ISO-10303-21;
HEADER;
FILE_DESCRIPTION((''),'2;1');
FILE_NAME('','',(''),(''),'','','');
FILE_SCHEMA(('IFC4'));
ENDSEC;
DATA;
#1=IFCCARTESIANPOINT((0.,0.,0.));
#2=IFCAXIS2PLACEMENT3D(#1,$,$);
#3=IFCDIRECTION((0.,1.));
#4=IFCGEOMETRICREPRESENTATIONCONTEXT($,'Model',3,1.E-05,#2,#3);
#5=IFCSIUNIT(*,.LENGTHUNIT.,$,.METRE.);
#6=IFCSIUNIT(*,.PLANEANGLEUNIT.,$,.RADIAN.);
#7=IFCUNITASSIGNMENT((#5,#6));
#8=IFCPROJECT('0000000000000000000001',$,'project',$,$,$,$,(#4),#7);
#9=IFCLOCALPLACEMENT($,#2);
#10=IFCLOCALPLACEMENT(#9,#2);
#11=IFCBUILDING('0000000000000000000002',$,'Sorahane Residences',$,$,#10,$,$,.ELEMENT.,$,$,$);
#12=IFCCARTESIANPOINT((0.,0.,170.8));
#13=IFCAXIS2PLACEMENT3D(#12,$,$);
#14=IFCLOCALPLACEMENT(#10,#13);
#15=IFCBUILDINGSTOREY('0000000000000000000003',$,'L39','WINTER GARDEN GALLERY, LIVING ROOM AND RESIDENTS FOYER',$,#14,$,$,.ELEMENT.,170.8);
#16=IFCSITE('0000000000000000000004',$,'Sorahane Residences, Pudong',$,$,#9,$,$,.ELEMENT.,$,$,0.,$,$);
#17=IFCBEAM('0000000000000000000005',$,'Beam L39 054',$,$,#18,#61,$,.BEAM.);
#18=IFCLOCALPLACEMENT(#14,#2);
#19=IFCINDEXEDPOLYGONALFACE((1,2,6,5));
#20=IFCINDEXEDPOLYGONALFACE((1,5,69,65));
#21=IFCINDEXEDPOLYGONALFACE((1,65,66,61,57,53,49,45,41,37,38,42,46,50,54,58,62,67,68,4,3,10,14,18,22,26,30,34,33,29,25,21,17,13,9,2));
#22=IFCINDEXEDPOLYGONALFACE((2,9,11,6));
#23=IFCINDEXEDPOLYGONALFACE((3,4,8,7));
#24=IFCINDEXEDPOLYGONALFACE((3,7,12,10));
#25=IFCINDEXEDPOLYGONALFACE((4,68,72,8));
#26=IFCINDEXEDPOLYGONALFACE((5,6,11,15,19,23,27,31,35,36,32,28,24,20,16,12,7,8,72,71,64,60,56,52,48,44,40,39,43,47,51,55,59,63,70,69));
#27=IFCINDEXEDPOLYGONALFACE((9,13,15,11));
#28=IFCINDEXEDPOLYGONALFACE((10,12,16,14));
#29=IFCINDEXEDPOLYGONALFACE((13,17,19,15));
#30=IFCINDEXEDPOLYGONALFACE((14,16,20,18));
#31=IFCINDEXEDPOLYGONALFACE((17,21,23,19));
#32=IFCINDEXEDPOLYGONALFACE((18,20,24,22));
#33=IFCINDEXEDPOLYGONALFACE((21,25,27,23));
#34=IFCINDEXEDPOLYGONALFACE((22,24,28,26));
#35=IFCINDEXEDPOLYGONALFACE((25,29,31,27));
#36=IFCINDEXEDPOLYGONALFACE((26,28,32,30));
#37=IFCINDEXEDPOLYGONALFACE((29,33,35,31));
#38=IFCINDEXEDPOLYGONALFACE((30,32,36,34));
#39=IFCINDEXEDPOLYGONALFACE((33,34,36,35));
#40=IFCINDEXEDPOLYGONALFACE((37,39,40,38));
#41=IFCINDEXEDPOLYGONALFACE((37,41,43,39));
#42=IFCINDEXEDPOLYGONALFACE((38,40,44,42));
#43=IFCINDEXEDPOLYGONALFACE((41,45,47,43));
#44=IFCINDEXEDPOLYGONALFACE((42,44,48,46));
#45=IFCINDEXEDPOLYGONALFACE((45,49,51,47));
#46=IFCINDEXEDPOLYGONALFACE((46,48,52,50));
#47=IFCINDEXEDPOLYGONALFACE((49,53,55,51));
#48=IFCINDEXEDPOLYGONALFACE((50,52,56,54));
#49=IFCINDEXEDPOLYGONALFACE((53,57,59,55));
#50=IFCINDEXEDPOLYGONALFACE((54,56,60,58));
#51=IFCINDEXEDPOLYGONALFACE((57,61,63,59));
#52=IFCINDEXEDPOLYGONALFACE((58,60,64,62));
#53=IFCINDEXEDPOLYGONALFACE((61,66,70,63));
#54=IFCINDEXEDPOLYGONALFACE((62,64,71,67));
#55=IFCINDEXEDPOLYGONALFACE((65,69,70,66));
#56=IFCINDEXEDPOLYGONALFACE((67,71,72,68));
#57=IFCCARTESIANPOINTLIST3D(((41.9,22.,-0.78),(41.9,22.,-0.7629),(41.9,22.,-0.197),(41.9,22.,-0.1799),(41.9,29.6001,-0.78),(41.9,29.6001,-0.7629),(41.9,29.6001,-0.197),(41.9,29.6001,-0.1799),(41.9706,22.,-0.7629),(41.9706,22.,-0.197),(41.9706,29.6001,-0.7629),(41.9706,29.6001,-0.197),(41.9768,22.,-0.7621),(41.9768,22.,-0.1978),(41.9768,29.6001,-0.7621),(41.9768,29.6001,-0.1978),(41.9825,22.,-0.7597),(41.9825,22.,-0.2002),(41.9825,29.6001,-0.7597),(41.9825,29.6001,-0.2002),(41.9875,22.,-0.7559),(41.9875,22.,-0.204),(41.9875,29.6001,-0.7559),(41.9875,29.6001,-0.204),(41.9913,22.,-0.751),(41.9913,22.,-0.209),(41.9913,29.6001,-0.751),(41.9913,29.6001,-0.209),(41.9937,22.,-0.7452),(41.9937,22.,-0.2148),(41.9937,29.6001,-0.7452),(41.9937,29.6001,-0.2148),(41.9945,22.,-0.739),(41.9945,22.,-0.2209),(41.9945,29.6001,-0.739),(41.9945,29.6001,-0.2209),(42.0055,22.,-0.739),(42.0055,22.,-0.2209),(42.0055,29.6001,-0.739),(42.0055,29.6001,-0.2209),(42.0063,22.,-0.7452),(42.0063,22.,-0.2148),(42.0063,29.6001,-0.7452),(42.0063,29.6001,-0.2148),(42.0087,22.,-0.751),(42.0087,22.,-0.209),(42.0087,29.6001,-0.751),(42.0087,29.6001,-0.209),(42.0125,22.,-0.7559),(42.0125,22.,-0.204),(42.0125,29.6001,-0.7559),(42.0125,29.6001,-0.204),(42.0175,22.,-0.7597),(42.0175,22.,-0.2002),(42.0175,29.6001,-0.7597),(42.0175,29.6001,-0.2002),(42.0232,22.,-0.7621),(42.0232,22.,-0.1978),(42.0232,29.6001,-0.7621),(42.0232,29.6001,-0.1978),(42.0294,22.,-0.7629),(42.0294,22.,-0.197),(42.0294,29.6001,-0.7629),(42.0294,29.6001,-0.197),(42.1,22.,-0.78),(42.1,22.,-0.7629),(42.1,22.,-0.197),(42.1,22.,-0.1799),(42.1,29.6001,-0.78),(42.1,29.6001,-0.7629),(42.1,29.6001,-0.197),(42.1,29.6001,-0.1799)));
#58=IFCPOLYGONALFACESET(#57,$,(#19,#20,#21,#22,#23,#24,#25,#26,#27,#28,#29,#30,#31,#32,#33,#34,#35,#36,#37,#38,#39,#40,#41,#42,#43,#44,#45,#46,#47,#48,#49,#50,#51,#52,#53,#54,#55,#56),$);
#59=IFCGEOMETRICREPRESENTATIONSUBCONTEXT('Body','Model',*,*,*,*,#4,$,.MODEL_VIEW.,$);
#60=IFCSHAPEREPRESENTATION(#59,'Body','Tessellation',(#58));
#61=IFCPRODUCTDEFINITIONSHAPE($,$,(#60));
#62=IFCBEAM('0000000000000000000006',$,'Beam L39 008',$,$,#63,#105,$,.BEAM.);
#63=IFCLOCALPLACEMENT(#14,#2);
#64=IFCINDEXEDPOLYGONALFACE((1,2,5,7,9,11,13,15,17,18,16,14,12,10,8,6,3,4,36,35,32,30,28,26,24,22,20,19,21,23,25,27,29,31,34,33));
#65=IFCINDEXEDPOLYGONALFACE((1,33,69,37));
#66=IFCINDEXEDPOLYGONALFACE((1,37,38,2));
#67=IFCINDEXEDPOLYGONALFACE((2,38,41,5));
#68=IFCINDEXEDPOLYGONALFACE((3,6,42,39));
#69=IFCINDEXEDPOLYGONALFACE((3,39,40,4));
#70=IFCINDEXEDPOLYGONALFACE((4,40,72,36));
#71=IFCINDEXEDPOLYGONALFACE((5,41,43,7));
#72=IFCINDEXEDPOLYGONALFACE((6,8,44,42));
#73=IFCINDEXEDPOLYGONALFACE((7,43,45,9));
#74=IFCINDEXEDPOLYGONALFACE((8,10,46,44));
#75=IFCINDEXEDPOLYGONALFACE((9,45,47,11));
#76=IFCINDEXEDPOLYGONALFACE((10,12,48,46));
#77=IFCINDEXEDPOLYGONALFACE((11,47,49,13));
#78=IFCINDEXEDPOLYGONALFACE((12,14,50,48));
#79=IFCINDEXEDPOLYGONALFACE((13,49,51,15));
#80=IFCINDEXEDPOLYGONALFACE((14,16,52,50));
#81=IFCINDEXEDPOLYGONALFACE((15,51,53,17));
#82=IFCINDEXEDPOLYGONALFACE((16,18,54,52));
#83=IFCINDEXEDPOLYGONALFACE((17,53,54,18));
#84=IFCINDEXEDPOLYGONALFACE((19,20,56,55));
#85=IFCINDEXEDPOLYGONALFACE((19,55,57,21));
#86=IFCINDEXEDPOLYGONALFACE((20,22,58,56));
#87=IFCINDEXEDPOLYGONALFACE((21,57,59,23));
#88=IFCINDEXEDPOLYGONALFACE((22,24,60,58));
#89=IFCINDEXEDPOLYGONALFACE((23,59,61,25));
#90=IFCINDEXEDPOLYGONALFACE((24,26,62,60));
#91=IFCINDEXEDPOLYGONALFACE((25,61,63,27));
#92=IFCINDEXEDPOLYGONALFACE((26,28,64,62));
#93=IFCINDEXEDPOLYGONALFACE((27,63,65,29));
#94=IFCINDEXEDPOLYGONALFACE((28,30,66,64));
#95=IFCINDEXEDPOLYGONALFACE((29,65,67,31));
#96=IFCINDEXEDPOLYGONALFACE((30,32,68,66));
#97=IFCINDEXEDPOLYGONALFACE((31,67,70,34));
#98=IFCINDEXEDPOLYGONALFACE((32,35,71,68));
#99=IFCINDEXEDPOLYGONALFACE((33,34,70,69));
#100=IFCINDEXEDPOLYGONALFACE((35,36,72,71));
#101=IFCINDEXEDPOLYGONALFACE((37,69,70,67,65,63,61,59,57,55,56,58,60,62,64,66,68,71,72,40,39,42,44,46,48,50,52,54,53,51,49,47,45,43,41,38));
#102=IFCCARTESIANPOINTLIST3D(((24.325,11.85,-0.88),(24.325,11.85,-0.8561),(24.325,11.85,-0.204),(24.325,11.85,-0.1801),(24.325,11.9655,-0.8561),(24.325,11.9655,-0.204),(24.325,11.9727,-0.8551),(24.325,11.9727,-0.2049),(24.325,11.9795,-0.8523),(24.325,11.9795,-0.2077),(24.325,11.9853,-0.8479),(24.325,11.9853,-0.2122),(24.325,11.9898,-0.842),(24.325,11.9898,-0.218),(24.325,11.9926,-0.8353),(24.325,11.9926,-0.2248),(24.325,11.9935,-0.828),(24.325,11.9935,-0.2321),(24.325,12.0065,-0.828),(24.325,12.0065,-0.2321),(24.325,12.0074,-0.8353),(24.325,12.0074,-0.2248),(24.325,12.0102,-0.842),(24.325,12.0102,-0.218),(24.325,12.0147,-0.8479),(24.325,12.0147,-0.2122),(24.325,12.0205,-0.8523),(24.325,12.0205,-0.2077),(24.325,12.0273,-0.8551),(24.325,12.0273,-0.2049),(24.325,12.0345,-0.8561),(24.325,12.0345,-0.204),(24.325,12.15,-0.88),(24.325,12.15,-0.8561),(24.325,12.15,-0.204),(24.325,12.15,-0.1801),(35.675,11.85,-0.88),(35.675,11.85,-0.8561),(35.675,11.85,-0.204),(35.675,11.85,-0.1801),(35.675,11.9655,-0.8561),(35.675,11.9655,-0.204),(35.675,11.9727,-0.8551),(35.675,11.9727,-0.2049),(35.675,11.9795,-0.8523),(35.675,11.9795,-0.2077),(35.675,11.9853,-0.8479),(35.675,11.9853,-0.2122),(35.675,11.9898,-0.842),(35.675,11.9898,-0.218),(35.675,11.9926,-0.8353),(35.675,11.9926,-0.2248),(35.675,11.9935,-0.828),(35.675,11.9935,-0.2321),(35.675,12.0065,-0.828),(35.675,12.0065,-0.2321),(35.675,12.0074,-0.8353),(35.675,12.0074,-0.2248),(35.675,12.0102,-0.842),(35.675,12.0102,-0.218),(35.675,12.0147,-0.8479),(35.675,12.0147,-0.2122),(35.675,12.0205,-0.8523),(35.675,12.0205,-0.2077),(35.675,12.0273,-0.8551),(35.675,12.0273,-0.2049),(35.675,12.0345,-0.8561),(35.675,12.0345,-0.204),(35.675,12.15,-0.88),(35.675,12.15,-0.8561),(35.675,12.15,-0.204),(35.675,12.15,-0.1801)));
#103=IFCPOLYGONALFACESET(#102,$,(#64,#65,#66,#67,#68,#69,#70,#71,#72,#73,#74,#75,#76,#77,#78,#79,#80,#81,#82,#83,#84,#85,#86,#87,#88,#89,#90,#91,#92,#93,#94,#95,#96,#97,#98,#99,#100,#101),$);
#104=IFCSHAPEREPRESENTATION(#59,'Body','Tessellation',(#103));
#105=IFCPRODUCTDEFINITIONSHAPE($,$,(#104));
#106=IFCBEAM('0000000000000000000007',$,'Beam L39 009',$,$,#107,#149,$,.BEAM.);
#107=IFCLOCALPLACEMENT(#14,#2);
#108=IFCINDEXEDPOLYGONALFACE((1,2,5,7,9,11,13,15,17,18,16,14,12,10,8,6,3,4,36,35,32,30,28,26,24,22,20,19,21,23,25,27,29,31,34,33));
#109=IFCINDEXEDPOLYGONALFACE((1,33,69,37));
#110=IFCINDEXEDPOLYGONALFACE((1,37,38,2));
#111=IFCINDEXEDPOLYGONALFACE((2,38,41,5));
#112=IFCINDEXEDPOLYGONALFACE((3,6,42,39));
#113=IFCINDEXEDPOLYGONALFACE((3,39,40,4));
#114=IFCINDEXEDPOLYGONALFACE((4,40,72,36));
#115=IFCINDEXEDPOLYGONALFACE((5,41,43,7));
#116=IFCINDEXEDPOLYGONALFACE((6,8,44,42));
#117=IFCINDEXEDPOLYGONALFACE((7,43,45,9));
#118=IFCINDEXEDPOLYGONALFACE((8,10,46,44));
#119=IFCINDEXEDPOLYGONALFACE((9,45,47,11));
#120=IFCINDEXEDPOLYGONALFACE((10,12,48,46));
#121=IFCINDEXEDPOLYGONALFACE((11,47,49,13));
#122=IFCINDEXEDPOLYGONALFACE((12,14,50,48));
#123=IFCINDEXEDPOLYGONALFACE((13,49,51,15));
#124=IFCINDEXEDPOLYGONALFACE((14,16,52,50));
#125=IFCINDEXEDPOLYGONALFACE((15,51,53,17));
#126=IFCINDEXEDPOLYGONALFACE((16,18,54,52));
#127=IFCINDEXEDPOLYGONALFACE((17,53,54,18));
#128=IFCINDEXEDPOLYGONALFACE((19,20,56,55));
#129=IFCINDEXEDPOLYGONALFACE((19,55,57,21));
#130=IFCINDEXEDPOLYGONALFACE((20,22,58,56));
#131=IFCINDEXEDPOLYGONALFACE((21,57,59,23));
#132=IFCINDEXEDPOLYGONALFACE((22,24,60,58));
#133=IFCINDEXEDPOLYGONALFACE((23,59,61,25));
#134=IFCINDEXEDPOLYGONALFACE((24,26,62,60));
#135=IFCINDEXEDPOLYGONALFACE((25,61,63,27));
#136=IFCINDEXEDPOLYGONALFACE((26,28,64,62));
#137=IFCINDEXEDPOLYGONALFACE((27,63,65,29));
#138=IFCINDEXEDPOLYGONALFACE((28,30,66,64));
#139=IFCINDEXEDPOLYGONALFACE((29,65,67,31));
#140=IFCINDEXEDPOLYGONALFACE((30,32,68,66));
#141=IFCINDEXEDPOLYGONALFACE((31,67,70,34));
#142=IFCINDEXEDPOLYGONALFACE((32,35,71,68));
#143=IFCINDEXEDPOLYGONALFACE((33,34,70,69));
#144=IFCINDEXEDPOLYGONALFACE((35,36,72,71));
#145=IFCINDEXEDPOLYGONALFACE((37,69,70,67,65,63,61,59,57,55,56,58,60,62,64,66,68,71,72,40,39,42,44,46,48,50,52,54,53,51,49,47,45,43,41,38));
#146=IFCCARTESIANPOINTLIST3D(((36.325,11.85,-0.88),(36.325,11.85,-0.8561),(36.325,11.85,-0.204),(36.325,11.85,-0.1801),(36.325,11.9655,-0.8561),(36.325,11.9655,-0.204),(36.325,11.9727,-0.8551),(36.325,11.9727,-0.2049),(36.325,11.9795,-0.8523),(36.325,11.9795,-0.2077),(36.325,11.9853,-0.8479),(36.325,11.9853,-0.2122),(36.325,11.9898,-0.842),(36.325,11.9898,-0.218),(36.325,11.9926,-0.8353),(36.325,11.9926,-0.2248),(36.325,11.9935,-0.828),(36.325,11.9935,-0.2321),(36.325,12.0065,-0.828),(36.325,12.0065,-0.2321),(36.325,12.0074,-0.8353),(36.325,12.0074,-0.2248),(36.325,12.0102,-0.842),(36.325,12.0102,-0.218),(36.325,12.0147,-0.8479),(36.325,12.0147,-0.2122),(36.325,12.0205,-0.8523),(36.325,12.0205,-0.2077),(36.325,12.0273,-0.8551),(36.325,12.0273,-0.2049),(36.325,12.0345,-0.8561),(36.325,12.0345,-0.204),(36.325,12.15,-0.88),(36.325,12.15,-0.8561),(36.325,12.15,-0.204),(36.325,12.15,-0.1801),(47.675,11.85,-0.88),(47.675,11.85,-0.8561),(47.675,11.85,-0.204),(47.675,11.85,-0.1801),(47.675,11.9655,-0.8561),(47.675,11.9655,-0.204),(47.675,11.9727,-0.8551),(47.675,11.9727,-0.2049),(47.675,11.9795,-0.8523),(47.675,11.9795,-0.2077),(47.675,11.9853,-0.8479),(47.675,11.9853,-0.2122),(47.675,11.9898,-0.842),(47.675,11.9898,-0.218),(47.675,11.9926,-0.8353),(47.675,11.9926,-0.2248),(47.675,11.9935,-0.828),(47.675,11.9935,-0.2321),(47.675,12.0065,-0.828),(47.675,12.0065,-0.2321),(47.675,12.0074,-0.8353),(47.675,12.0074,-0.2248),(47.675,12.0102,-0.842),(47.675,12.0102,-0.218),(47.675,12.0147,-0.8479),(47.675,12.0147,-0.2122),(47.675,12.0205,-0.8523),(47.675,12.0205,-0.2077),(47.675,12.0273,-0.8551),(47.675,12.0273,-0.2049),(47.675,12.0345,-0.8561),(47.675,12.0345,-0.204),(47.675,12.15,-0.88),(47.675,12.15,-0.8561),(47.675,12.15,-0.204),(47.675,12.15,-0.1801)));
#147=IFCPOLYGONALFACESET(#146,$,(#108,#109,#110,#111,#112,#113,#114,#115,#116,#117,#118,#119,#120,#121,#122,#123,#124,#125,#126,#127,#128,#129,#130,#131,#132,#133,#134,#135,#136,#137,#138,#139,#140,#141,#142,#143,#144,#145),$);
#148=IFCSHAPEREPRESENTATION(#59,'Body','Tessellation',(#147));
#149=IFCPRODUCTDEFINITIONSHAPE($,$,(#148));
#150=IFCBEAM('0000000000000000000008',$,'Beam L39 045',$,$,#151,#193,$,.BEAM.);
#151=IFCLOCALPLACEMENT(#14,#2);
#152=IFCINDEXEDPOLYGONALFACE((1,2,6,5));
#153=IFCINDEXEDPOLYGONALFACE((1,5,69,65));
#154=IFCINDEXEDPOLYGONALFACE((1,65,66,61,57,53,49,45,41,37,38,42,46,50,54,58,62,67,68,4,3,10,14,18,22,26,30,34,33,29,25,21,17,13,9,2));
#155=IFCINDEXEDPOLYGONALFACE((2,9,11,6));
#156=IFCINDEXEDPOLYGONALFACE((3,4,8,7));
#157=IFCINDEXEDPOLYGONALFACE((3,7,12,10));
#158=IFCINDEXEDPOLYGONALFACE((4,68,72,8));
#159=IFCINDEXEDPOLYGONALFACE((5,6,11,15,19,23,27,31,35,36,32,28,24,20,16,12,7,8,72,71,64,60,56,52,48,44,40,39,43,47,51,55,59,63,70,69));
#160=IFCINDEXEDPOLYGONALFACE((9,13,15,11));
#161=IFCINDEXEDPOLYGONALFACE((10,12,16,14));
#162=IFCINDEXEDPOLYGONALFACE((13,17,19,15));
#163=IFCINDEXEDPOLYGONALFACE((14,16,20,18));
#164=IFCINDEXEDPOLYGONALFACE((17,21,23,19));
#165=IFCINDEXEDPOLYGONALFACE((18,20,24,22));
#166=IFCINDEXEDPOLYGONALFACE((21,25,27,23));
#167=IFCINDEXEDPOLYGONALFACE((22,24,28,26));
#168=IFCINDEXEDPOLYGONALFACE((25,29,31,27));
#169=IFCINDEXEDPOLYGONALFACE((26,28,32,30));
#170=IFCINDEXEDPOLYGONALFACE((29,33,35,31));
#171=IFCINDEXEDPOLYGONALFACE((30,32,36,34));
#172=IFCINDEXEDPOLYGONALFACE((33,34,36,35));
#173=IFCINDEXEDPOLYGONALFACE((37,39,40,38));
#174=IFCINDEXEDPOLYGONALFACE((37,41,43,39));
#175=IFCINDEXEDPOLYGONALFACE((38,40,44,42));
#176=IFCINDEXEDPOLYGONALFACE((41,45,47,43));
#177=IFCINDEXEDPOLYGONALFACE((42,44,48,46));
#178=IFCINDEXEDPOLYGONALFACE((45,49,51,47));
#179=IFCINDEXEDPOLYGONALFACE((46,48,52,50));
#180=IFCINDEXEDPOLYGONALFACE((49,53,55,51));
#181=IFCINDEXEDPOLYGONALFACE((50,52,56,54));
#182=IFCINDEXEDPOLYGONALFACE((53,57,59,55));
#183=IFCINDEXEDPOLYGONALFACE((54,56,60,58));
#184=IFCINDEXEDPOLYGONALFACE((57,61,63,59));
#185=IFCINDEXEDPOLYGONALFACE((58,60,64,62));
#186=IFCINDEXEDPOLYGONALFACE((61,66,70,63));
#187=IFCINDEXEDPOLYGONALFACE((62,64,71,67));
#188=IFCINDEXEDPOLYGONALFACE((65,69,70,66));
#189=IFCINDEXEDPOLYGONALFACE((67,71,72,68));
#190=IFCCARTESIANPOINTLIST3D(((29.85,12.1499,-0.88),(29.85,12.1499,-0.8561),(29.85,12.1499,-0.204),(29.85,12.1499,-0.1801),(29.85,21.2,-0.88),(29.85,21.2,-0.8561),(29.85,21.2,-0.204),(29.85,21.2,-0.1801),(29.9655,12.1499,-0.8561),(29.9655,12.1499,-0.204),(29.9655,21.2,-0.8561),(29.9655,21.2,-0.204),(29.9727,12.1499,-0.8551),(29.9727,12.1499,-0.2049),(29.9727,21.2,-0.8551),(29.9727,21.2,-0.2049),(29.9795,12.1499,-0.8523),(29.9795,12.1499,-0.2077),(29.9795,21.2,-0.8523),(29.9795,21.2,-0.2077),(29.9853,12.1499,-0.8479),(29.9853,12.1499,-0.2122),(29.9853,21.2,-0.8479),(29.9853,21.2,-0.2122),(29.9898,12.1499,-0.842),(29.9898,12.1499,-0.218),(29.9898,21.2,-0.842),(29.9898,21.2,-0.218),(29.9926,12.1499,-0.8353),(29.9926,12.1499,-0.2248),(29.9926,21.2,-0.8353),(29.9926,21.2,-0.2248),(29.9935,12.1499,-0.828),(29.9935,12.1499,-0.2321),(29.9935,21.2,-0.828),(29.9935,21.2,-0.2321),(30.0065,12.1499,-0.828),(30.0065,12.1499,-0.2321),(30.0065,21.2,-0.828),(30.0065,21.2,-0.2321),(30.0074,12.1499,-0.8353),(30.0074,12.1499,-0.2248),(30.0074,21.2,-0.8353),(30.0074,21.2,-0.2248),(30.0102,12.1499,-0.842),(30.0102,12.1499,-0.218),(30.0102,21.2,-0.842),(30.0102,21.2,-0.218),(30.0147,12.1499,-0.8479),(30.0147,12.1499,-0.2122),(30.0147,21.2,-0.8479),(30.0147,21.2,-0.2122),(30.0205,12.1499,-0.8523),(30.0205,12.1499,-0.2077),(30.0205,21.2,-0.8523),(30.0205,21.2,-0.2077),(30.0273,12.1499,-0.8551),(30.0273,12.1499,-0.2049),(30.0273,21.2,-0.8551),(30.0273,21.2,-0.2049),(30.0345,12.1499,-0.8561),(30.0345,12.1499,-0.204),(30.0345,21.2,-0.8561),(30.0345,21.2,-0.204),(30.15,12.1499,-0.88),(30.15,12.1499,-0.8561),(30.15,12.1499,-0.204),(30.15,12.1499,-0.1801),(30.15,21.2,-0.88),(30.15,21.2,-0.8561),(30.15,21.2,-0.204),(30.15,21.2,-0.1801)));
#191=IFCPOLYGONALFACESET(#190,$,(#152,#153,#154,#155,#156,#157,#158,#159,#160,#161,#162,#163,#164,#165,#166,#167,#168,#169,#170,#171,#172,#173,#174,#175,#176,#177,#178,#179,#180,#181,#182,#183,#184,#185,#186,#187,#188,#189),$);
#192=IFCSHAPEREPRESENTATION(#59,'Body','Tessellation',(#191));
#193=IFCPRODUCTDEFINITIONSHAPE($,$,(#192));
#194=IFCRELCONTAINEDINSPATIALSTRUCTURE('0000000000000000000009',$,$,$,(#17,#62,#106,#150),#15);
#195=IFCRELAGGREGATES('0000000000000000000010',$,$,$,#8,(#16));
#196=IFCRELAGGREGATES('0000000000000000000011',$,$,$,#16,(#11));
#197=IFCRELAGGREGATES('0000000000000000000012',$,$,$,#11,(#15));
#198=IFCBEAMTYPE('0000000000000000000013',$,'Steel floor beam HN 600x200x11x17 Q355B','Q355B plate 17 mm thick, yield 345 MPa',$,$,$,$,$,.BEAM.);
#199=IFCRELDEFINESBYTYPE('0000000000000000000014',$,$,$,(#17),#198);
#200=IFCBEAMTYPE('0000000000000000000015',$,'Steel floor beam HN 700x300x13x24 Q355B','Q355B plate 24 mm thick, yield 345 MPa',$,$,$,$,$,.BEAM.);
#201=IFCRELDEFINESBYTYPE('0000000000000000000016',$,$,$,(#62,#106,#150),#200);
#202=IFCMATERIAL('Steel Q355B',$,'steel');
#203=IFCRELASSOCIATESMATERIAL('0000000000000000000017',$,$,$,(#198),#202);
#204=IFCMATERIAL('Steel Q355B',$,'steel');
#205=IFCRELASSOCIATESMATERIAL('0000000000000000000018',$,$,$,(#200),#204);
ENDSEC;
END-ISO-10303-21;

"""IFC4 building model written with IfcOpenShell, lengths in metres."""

from ifc_helpers import new_model, si_unit, direction, frame, origin, origin_2d, place, context, subcontext, project, spatial, i_section, extrude, material, material_profile, profile_set, type_object, element, save


model = new_model("IFC4")

# Units and contexts
model_context = context("Model", 3, precision=1e-05, world=origin(), true_north=direction((0.0, 1.0)))
body_context = subcontext(model_context, "Body", "Model", "MODEL_VIEW")
ifc_project = project(units=[si_unit("LENGTHUNIT", "METRE"), si_unit("PLANEANGLEUNIT", "RADIAN")], contexts=[model_context])

# Site, building, storey
site_placement = place(None, origin())
site = spatial("IfcSite", under=ifc_project, at=site_placement, Name="Sorahane Residences, Pudong", CompositionType="ELEMENT", RefElevation=0.0)
building_placement = place(site_placement, origin())
building = spatial("IfcBuilding", under=site, at=building_placement, Name="Sorahane Residences", CompositionType="ELEMENT")
storey_placement = place(building_placement, frame((0.0, 0.0, 170.8)))
storey = spatial("IfcBuildingStorey", under=building, at=storey_placement, Name="L39", Description="WINTER GARDEN GALLERY, LIVING ROOM AND RESIDENTS FOYER", CompositionType="ELEMENT", Elevation=170.8)

# Beams
ifc_material_1 = material(Name="Steel Q355B", Category="steel")
ifc_material_profile_1 = material_profile(ifc_material_1, i_section(OverallWidth=0.2, OverallDepth=0.6001, WebThickness=0.011, FlangeThickness=0.0171, FilletRadius=0.0239, at=origin_2d()), Name="HN 600x200x11x17")
ifc_profile_set_1 = profile_set([ifc_material_profile_1], Name="Steel Q355B")
beam_type_1 = type_object("IfcBeamType", Name="Steel floor beam HN 600x200x11x17 Q355B", Description="Q355B plate 17 mm thick, yield 345 MPa", PredefinedType="BEAM", material=ifc_profile_set_1)
for number, where, z_axis, x_axis, name in (
    (1, (42.0, 22.0, -0.48), (0.0, 1.0, 0.0), (-1.0, 0.0, 0.0), "Beam L39 054"),
):
    element("IfcBeam", number, at=place(storey_placement, frame(where, z_axis=z_axis, x_axis=x_axis)), inside=storey, type_object=beam_type_1, Name=name, PredefinedType="BEAM", context=body_context, shape_type="SweptSolid", body=[
        extrude(i_section(OverallWidth=0.2, OverallDepth=0.6001, WebThickness=0.011, FlangeThickness=0.0171, FilletRadius=0.0239, at=origin_2d()), origin(), (0.0, 0.0, 1.0), 7.6001),
    ])
ifc_material_2 = material(Name="Steel Q355B", Category="steel")
ifc_material_profile_2 = material_profile(ifc_material_2, i_section(OverallWidth=0.3, OverallDepth=0.7, WebThickness=0.0129, FlangeThickness=0.0239, FilletRadius=0.0281, at=origin_2d()), Name="HN 700x300x13x24")
ifc_profile_set_2 = profile_set([ifc_material_profile_2], Name="Steel Q355B")
beam_type_2 = type_object("IfcBeamType", Name="Steel floor beam HN 700x300x13x24 Q355B", Description="Q355B plate 24 mm thick, yield 345 MPa", PredefinedType="BEAM", material=ifc_profile_set_2)
for number, where, z_axis, x_axis, name in (
    (2, (24.325, 12.0, -0.53), (1.0, 0.0, 0.0), (0.0, 1.0, 0.0), "Beam L39 008"),
    (3, (36.325, 12.0, -0.53), (1.0, 0.0, 0.0), (0.0, 1.0, 0.0), "Beam L39 009"),
):
    element("IfcBeam", number, at=place(storey_placement, frame(where, z_axis=z_axis, x_axis=x_axis)), inside=storey, type_object=beam_type_2, Name=name, PredefinedType="BEAM", context=body_context, shape_type="SweptSolid", body=[
        extrude(i_section(OverallWidth=0.3, OverallDepth=0.7, WebThickness=0.0129, FlangeThickness=0.0239, FilletRadius=0.0281, at=origin_2d()), origin(), (0.0, 0.0, 1.0), 11.3501),
    ])
for number, where, z_axis, x_axis, name in (
    (4, (30.0, 12.1499, -0.53), (0.0, 1.0, 0.0), (-1.0, 0.0, 0.0), "Beam L39 045"),
):
    element("IfcBeam", number, at=place(storey_placement, frame(where, z_axis=z_axis, x_axis=x_axis)), inside=storey, type_object=beam_type_2, Name=name, PredefinedType="BEAM", context=body_context, shape_type="SweptSolid", body=[
        extrude(i_section(OverallWidth=0.3, OverallDepth=0.7, WebThickness=0.0129, FlangeThickness=0.0239, FilletRadius=0.0281, at=origin_2d()), origin(), (0.0, 0.0, 1.0), 9.05),
    ])

save(model, "model.ifc")
